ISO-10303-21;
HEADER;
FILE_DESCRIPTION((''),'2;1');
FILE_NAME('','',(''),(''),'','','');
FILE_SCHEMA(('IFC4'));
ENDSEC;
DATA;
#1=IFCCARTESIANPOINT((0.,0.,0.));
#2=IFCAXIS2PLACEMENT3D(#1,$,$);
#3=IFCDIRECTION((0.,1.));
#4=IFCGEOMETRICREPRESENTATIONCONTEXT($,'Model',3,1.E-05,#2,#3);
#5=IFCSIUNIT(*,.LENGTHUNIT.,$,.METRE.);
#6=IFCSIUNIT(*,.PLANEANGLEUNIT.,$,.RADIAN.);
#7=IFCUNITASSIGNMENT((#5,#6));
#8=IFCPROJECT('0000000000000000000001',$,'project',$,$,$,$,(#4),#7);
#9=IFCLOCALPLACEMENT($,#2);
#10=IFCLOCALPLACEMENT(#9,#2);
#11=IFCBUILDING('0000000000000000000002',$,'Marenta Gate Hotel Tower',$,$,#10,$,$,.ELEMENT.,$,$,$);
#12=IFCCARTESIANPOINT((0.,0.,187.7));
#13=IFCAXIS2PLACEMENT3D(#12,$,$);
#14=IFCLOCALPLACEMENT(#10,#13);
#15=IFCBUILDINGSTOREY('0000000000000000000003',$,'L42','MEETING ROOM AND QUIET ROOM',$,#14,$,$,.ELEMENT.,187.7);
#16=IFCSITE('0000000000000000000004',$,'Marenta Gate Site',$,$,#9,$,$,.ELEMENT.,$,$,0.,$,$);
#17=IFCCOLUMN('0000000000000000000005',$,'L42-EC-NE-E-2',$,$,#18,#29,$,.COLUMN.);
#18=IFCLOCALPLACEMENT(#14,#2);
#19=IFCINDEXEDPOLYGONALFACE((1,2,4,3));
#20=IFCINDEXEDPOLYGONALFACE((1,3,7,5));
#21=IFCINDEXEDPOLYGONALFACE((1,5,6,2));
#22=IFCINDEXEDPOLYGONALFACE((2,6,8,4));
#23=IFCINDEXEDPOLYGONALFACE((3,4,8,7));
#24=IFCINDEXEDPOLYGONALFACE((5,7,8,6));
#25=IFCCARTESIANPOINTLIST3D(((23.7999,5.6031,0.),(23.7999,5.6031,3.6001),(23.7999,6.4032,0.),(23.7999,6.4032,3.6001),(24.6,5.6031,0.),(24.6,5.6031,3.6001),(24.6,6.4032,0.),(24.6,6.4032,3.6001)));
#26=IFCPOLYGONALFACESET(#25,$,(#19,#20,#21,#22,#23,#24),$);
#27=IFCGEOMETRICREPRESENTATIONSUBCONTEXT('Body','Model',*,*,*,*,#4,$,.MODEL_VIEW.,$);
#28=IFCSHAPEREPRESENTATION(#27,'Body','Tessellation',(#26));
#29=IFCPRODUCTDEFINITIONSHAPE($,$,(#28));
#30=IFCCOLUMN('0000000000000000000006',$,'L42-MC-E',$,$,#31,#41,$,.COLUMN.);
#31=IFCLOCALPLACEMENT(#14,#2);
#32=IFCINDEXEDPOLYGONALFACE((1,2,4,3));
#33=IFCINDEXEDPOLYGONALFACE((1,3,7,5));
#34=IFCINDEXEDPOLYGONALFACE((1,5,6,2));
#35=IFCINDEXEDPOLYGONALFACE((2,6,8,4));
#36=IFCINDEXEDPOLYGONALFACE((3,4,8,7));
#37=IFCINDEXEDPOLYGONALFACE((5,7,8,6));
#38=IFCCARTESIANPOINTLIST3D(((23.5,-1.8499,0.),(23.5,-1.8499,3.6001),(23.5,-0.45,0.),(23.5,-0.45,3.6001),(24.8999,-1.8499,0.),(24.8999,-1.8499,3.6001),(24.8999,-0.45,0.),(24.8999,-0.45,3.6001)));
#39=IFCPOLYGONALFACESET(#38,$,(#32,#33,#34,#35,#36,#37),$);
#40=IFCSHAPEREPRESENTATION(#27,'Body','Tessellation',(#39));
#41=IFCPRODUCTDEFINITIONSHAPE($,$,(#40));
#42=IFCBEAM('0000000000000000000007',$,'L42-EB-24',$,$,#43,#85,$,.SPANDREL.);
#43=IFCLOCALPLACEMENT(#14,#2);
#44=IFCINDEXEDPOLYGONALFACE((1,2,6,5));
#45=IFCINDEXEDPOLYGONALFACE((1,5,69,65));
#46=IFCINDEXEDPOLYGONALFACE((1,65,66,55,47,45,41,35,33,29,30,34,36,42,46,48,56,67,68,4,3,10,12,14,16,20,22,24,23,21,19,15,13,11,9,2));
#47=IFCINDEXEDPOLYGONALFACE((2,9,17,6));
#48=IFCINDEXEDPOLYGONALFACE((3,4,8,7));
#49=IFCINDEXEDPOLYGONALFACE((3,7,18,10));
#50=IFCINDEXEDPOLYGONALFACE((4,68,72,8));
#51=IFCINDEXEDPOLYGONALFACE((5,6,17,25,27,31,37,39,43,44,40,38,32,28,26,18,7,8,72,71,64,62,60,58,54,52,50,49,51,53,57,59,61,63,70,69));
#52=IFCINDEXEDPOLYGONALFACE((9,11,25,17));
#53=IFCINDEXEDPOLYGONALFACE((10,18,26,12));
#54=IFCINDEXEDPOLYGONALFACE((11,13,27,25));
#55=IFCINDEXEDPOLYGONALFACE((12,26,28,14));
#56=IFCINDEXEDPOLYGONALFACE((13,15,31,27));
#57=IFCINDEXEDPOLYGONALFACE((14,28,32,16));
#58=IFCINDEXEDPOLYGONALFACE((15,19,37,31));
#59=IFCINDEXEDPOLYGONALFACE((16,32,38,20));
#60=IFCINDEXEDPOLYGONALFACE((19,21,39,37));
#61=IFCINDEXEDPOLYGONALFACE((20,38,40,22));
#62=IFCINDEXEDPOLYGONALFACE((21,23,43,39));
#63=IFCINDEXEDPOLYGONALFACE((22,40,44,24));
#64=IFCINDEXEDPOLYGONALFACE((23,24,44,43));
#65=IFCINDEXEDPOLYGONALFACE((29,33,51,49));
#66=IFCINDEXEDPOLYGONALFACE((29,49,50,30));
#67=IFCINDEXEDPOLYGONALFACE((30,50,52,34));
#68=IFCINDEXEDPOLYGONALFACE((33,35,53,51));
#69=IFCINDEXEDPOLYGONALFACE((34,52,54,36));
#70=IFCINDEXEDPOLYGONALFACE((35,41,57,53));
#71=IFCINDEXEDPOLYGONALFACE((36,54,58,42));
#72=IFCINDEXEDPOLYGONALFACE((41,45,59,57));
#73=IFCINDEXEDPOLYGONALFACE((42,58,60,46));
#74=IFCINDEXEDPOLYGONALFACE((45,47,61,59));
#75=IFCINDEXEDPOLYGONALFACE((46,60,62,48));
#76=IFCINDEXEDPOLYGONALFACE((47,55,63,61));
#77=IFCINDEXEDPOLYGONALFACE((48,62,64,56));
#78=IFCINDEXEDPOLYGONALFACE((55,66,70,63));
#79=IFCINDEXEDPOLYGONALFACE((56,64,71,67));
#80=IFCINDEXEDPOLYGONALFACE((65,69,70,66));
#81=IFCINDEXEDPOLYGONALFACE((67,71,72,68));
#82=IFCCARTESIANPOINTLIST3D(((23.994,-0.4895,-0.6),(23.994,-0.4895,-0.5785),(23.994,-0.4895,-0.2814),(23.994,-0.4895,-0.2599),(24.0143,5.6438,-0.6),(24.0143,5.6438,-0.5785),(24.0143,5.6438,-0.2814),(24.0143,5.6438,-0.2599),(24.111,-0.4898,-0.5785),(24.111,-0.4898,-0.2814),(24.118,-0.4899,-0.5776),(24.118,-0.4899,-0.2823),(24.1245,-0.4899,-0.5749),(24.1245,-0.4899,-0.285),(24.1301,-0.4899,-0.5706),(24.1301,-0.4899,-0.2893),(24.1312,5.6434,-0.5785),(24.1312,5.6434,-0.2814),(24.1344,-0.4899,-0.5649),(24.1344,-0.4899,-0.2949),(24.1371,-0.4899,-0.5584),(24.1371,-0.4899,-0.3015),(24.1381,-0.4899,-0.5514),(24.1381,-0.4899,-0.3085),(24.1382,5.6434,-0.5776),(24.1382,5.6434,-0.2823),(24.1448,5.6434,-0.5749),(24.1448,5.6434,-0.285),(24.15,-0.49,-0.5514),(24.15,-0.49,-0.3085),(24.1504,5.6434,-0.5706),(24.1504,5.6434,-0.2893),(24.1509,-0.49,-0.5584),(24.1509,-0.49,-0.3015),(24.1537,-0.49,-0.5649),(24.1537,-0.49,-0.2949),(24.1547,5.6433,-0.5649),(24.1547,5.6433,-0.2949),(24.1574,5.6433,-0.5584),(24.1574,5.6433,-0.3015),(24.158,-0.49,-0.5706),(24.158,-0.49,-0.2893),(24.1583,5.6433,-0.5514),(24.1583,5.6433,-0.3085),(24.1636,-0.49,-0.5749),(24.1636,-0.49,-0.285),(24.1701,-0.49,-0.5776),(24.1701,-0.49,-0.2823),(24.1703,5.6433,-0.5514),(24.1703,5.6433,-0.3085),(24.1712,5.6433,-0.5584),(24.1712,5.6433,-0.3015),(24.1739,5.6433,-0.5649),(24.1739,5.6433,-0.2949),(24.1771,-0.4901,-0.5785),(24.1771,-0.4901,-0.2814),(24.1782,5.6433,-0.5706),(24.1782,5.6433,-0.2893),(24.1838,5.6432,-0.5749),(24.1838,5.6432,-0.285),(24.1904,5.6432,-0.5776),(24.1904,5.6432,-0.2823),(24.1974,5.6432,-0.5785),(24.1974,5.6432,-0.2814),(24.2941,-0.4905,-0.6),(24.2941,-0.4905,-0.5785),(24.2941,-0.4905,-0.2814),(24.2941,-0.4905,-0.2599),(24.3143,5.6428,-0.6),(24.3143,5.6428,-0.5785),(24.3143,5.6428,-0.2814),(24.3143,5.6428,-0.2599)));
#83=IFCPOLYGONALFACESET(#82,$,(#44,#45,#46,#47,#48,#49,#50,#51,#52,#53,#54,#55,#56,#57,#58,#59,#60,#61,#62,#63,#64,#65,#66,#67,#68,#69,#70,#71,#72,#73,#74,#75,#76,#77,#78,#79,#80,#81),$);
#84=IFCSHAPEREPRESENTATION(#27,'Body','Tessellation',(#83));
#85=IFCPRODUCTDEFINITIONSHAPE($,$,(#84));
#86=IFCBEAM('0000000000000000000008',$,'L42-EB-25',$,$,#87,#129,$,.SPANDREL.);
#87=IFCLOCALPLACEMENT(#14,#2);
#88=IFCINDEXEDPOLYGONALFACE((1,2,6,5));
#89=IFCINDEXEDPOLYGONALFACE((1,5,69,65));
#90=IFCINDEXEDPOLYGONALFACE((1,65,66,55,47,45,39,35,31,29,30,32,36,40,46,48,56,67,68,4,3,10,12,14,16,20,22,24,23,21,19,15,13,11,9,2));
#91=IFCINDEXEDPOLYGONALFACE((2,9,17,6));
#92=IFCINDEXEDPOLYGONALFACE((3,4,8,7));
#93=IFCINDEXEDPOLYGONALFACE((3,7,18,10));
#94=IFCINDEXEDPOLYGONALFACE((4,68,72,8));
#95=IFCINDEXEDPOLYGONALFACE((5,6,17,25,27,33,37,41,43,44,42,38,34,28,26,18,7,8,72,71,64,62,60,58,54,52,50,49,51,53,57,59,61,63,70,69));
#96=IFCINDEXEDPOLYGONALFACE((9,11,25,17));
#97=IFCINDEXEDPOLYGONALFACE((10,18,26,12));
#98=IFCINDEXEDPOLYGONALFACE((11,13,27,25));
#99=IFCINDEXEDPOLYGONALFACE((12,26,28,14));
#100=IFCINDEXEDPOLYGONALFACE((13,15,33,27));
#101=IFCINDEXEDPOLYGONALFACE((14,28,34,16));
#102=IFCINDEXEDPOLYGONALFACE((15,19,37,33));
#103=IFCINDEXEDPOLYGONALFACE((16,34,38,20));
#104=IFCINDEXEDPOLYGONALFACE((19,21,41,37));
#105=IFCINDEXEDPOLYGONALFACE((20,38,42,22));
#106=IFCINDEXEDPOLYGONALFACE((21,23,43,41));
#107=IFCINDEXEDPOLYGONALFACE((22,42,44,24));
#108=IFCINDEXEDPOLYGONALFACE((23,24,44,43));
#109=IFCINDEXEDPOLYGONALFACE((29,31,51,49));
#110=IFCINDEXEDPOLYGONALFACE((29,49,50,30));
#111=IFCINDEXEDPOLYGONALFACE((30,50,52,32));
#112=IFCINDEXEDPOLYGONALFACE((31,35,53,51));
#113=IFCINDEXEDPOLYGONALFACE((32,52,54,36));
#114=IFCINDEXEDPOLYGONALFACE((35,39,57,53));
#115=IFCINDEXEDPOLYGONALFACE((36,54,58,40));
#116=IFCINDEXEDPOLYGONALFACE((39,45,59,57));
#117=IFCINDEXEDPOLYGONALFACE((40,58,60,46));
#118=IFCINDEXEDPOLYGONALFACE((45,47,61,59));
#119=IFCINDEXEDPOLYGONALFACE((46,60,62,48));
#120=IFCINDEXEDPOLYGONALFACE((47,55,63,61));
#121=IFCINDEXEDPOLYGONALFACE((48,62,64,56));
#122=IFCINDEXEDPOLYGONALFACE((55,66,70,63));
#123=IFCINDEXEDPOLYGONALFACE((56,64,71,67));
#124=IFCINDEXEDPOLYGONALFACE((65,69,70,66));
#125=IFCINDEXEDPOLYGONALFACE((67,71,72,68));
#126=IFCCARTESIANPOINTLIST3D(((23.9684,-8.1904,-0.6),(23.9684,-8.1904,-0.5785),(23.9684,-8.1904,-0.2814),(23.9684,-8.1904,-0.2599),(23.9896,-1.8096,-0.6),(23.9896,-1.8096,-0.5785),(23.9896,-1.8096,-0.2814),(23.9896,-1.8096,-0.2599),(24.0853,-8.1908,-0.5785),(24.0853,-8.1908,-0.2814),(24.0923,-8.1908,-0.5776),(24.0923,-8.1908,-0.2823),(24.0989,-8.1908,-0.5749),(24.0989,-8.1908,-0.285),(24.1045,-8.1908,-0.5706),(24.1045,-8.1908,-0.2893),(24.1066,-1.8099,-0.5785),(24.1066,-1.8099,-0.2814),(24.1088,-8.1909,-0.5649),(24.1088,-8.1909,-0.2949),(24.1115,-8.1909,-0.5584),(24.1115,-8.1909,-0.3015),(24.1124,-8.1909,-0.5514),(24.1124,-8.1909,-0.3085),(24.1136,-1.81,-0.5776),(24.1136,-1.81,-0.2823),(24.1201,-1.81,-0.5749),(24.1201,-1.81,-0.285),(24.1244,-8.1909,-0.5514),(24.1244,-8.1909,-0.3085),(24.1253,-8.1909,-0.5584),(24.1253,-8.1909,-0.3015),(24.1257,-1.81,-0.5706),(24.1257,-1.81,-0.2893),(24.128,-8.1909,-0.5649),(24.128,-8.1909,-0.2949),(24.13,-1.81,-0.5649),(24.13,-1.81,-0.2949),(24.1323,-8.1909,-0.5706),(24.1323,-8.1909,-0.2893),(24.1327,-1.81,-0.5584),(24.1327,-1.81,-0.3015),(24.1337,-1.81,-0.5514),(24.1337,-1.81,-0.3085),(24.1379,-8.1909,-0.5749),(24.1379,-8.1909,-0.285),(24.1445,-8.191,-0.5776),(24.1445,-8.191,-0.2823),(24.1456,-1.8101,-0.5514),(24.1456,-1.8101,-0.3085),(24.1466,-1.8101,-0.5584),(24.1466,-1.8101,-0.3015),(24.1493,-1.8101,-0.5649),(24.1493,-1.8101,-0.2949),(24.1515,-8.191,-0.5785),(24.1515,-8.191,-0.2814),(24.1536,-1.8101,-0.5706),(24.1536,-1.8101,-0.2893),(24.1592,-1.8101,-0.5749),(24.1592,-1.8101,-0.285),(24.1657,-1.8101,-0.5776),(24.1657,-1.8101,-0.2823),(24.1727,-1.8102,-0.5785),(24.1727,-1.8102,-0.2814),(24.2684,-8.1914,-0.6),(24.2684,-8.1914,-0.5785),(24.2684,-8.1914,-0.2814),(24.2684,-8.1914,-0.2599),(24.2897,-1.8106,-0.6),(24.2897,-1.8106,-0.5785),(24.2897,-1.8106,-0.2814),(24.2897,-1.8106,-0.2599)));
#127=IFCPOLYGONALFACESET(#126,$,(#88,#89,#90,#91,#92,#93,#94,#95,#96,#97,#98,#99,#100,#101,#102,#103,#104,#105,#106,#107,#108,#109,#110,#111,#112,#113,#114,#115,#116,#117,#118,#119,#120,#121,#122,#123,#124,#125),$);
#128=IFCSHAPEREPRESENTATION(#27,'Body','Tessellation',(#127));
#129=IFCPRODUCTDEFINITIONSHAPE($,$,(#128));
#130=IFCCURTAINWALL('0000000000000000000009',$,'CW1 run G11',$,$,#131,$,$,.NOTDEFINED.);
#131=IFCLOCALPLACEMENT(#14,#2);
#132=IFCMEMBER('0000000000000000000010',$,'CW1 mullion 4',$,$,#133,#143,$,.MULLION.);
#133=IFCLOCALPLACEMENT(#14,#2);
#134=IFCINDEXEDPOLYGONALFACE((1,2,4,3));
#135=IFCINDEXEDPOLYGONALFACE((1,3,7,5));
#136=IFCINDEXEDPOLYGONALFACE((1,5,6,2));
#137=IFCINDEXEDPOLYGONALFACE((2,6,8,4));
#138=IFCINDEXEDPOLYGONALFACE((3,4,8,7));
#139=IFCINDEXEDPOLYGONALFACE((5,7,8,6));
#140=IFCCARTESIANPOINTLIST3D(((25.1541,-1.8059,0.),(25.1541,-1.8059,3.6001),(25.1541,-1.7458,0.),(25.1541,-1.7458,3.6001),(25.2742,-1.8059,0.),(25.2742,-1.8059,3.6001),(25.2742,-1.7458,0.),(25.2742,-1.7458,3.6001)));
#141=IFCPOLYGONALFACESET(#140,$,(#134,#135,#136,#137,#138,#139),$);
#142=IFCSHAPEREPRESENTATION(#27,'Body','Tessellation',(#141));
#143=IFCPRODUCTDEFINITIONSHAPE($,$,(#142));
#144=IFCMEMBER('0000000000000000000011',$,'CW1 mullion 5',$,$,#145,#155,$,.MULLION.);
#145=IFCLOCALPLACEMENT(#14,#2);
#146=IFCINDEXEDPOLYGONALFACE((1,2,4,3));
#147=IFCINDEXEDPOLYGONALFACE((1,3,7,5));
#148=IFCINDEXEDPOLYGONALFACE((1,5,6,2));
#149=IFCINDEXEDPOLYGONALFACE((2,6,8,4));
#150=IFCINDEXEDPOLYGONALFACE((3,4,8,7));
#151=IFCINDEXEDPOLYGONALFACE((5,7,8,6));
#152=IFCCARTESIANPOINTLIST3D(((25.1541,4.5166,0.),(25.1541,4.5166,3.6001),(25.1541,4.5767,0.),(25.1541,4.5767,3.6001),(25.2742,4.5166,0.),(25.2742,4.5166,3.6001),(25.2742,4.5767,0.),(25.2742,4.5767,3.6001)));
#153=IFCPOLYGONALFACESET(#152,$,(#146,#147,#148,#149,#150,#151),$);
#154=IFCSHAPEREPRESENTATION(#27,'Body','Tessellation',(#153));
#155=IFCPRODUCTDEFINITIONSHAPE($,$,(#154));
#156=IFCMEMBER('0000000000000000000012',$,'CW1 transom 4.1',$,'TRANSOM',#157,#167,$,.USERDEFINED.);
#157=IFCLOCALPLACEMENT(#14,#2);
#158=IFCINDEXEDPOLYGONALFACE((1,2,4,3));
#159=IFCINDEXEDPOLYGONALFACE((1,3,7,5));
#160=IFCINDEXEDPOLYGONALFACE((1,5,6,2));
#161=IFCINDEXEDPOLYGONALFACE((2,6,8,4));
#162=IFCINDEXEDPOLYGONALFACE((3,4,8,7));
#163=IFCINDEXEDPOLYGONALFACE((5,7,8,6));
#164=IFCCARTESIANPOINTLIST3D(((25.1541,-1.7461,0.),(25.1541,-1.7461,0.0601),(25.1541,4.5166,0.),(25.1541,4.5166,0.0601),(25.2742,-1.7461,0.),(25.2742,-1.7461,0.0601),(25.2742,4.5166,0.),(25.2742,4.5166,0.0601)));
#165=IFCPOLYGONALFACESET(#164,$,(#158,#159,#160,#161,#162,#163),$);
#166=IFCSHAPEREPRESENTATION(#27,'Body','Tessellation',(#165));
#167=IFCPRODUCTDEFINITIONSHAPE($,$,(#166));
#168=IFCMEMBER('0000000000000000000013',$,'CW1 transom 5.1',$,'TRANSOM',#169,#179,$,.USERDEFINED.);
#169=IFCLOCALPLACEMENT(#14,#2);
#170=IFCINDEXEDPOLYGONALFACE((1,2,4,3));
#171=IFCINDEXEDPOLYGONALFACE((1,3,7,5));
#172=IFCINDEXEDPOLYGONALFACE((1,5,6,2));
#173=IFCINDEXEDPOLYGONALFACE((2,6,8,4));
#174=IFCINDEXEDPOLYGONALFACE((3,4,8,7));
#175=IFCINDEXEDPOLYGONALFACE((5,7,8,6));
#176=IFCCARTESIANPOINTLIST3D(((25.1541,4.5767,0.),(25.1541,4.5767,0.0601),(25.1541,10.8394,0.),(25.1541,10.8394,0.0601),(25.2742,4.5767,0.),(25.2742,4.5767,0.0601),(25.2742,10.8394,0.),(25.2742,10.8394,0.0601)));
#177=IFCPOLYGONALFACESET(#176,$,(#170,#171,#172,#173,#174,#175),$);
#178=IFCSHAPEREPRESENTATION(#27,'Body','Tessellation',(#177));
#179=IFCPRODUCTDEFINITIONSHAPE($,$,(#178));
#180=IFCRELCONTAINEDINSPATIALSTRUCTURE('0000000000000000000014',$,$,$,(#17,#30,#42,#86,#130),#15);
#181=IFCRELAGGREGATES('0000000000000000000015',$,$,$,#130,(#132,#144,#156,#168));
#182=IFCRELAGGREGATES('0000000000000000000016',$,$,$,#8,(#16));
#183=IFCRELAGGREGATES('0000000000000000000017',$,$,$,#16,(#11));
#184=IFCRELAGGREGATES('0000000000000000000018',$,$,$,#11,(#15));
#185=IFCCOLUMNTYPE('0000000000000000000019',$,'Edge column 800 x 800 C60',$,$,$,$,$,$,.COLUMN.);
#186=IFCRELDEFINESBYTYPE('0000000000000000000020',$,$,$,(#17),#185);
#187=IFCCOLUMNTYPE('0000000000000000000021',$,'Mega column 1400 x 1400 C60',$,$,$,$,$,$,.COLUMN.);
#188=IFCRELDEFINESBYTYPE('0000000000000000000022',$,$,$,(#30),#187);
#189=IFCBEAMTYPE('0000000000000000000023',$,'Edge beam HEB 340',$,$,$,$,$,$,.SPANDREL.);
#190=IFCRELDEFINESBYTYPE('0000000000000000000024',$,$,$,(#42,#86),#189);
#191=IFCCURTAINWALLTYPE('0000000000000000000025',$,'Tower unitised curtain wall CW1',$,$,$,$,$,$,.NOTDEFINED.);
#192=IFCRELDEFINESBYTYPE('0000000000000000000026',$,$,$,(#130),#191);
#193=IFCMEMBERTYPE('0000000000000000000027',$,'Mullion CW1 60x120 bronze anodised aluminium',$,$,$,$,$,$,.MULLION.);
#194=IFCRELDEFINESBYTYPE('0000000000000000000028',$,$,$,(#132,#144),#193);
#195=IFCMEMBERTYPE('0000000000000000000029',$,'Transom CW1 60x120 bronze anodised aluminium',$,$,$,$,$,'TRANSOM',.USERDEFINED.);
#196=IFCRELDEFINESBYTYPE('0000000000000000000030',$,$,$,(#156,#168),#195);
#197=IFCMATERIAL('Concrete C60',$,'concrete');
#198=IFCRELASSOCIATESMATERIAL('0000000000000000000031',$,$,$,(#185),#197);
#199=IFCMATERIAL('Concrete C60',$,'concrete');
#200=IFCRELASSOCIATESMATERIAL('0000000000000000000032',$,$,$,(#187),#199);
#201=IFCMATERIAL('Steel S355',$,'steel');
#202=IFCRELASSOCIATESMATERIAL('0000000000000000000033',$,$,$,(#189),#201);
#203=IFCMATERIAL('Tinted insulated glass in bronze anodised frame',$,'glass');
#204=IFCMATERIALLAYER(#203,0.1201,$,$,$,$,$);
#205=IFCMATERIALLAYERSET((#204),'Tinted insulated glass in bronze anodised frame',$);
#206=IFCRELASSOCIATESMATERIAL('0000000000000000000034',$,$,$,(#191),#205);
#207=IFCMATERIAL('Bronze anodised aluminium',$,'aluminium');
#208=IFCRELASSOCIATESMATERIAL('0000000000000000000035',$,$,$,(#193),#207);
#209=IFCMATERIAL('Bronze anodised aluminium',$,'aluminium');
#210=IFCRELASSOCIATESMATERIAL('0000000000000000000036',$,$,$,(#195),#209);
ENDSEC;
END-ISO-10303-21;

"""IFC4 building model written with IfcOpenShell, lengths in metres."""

from ifc_helpers import new_model, si_unit, direction, frame, origin, origin_2d, place, context, subcontext, project, spatial, rectangle, i_section, extrude, material, layer, layer_set, material_profile, profile_set, type_object, element, aggregate, save


model = new_model("IFC4")

# Units and contexts
model_context = context("Model", 3, precision=1e-05, world=origin(), true_north=direction((0.0, 1.0)))
body_context = subcontext(model_context, "Body", "Model", "MODEL_VIEW")
ifc_project = project(units=[si_unit("LENGTHUNIT", "METRE"), si_unit("PLANEANGLEUNIT", "RADIAN")], contexts=[model_context])

# Site, building, storey
site_placement = place(None, origin())
site = spatial("IfcSite", under=ifc_project, at=site_placement, Name="Marenta Gate Site", CompositionType="ELEMENT", RefElevation=0.0)
building_placement = place(site_placement, origin())
building = spatial("IfcBuilding", under=site, at=building_placement, Name="Marenta Gate Hotel Tower", CompositionType="ELEMENT")
storey_placement = place(building_placement, frame((0.0, 0.0, 187.7)))
storey = spatial("IfcBuildingStorey", under=building, at=storey_placement, Name="L42", Description="MEETING ROOM AND QUIET ROOM", CompositionType="ELEMENT", Elevation=187.7)

# Columns
ifc_material_1 = material(Name="Concrete C60", Category="concrete")
ifc_material_profile_1 = material_profile(ifc_material_1, rectangle(XDim=0.8, YDim=0.8, at=origin_2d()), Name="800 x 800")
ifc_profile_set_1 = profile_set([ifc_material_profile_1], Name="Concrete C60")
column_type_1 = type_object("IfcColumnType", Name="Edge column 800 x 800 C60", PredefinedType="COLUMN", material=ifc_profile_set_1)
column_1_placement = place(storey_placement, frame((24.2, 6.0032, 0.0), z_axis=(0.0, 0.0, 1.0), x_axis=(1.0, 0.0, 0.0)))
element("IfcColumn", 1, at=column_1_placement, inside=storey, type_object=column_type_1, Name="L42-EC-NE-E-2", PredefinedType="COLUMN", context=body_context, shape_type="SweptSolid", body=[
    extrude(rectangle(XDim=0.8, YDim=0.8, at=origin_2d()), origin(), (0.0, 0.0, 1.0), 3.6001),
])
ifc_material_2 = material(Name="Concrete C60", Category="concrete")
ifc_material_profile_2 = material_profile(ifc_material_2, rectangle(XDim=1.3999, YDim=1.3999, at=origin_2d()), Name="1400 x 1400")
ifc_profile_set_2 = profile_set([ifc_material_profile_2], Name="Concrete C60")
column_type_2 = type_object("IfcColumnType", Name="Mega column 1400 x 1400 C60", PredefinedType="COLUMN", material=ifc_profile_set_2)
column_2_placement = place(storey_placement, frame((24.2, -1.1499, 0.0), z_axis=(0.0, 0.0, 1.0), x_axis=(1.0, 0.0, 0.0)))
element("IfcColumn", 2, at=column_2_placement, inside=storey, type_object=column_type_2, Name="L42-MC-E", PredefinedType="COLUMN", context=body_context, shape_type="SweptSolid", body=[
    extrude(rectangle(XDim=1.3999, YDim=1.3999, at=origin_2d()), origin(), (0.0, 0.0, 1.0), 3.6001),
])

# Beams
ifc_material_3 = material(Name="Steel S355", Category="steel")
ifc_material_profile_3 = material_profile(ifc_material_3, i_section(OverallWidth=0.3, OverallDepth=0.3401, WebThickness=0.012, FlangeThickness=0.0215, FilletRadius=0.0271, at=origin_2d()), Name="HEB 340")
ifc_profile_set_3 = profile_set([ifc_material_profile_3], Name="Steel S355")
beam_type = type_object("IfcBeamType", Name="Edge beam HEB 340", PredefinedType="SPANDREL", material=ifc_profile_set_3)
beam_1_placement = place(storey_placement, frame((24.1643, 5.6433, -0.4299), z_axis=(-0.003304, -0.999995, 0.0), x_axis=(0.999995, -0.003304, 0.0)))
element("IfcBeam", 3, at=beam_1_placement, inside=storey, type_object=beam_type, Name="L42-EB-24", PredefinedType="SPANDREL", context=body_context, shape_type="SweptSolid", body=[
    extrude(i_section(OverallWidth=0.3, OverallDepth=0.3401, WebThickness=0.012, FlangeThickness=0.0215, FilletRadius=0.0271, at=origin_2d()), origin(), (0.0, 0.0, 1.0), 6.1333),
])
beam_2_placement = place(storey_placement, frame((24.1396, -1.8101, -0.4299), z_axis=(-0.003329, -0.999994, 0.0), x_axis=(0.999994, -0.003329, 0.0)))
element("IfcBeam", 4, at=beam_2_placement, inside=storey, type_object=beam_type, Name="L42-EB-25", PredefinedType="SPANDREL", context=body_context, shape_type="SweptSolid", body=[
    extrude(i_section(OverallWidth=0.3, OverallDepth=0.3401, WebThickness=0.012, FlangeThickness=0.0215, FilletRadius=0.0271, at=origin_2d()), origin(), (0.0, 0.0, 1.0), 6.3809),
])

# Curtain wall, members
ifc_material_4 = material(Name="Tinted insulated glass in bronze anodised frame", Category="glass")
ifc_layer_1 = layer(ifc_material_4, 0.1201)
ifc_layer_set_1 = layer_set([ifc_layer_1], Name="Tinted insulated glass in bronze anodised frame")
curtain_wall_type = type_object("IfcCurtainWallType", Name="Tower unitised curtain wall CW1", PredefinedType="NOTDEFINED", material=ifc_layer_set_1)
curtain_wall_placement = place(storey_placement, origin())
curtain_wall = element("IfcCurtainWall", 5, at=curtain_wall_placement, inside=storey, type_object=curtain_wall_type, Name="CW1 run G11", PredefinedType="NOTDEFINED")
ifc_material_5 = material(Name="Bronze anodised aluminium", Category="aluminium")
ifc_material_profile_4 = material_profile(ifc_material_5, rectangle(XDim=0.1201, YDim=0.0601, at=origin_2d()), Name="Mullion CW1 60x120 bronze anodised aluminium")
ifc_profile_set_4 = profile_set([ifc_material_profile_4], Name="Bronze anodised aluminium")
member_type_1 = type_object("IfcMemberType", Name="Mullion CW1 60x120 bronze anodised aluminium", PredefinedType="MULLION", material=ifc_profile_set_4)
member_1_placement = place(storey_placement, frame((25.2141, -1.7759, 0.0), z_axis=(0.0, 0.0, 1.0), x_axis=(-1.0, 0.0, 0.0)))
member_1 = element("IfcMember", 6, at=member_1_placement, type_object=member_type_1, Name="CW1 mullion 4", PredefinedType="MULLION", context=body_context, shape_type="SweptSolid", body=[
    extrude(rectangle(XDim=0.1201, YDim=0.0601, at=origin_2d()), origin(), (0.0, 0.0, 1.0), 3.6001),
])
member_2_placement = place(storey_placement, frame((25.2141, 4.5466, 0.0), z_axis=(0.0, 0.0, 1.0), x_axis=(-1.0, 0.0, 0.0)))
member_2 = element("IfcMember", 7, at=member_2_placement, type_object=member_type_1, Name="CW1 mullion 5", PredefinedType="MULLION", context=body_context, shape_type="SweptSolid", body=[
    extrude(rectangle(XDim=0.1201, YDim=0.0601, at=origin_2d()), origin(), (0.0, 0.0, 1.0), 3.6001),
])
ifc_material_6 = material(Name="Bronze anodised aluminium", Category="aluminium")
ifc_material_profile_5 = material_profile(ifc_material_6, rectangle(XDim=0.1201, YDim=0.0601, at=origin_2d()), Name="Transom CW1 60x120 bronze anodised aluminium")
ifc_profile_set_5 = profile_set([ifc_material_profile_5], Name="Bronze anodised aluminium")
member_type_2 = type_object("IfcMemberType", Name="Transom CW1 60x120 bronze anodised aluminium", ElementType="TRANSOM", PredefinedType="USERDEFINED", material=ifc_profile_set_5)
member_3_placement = place(storey_placement, frame((25.2141, -1.7461, 0.03), z_axis=(0.0, 1.0, 0.0), x_axis=(-1.0, 0.0, 0.0)))
member_3 = element("IfcMember", 8, at=member_3_placement, type_object=member_type_2, Name="CW1 transom 4.1", ObjectType="TRANSOM", PredefinedType="USERDEFINED", context=body_context, shape_type="SweptSolid", body=[
    extrude(rectangle(XDim=0.1201, YDim=0.0601, at=origin_2d()), origin(), (0.0, 0.0, 1.0), 6.2627),
])
member_4_placement = place(storey_placement, frame((25.2141, 4.5767, 0.03), z_axis=(0.0, 1.0, 0.0), x_axis=(-1.0, 0.0, 0.0)))
member_4 = element("IfcMember", 9, at=member_4_placement, type_object=member_type_2, Name="CW1 transom 5.1", ObjectType="TRANSOM", PredefinedType="USERDEFINED", context=body_context, shape_type="SweptSolid", body=[
    extrude(rectangle(XDim=0.1201, YDim=0.0601, at=origin_2d()), origin(), (0.0, 0.0, 1.0), 6.2627),
])
aggregate(curtain_wall, [member_1, member_2, member_3, member_4])

save(model, "model.ifc")
